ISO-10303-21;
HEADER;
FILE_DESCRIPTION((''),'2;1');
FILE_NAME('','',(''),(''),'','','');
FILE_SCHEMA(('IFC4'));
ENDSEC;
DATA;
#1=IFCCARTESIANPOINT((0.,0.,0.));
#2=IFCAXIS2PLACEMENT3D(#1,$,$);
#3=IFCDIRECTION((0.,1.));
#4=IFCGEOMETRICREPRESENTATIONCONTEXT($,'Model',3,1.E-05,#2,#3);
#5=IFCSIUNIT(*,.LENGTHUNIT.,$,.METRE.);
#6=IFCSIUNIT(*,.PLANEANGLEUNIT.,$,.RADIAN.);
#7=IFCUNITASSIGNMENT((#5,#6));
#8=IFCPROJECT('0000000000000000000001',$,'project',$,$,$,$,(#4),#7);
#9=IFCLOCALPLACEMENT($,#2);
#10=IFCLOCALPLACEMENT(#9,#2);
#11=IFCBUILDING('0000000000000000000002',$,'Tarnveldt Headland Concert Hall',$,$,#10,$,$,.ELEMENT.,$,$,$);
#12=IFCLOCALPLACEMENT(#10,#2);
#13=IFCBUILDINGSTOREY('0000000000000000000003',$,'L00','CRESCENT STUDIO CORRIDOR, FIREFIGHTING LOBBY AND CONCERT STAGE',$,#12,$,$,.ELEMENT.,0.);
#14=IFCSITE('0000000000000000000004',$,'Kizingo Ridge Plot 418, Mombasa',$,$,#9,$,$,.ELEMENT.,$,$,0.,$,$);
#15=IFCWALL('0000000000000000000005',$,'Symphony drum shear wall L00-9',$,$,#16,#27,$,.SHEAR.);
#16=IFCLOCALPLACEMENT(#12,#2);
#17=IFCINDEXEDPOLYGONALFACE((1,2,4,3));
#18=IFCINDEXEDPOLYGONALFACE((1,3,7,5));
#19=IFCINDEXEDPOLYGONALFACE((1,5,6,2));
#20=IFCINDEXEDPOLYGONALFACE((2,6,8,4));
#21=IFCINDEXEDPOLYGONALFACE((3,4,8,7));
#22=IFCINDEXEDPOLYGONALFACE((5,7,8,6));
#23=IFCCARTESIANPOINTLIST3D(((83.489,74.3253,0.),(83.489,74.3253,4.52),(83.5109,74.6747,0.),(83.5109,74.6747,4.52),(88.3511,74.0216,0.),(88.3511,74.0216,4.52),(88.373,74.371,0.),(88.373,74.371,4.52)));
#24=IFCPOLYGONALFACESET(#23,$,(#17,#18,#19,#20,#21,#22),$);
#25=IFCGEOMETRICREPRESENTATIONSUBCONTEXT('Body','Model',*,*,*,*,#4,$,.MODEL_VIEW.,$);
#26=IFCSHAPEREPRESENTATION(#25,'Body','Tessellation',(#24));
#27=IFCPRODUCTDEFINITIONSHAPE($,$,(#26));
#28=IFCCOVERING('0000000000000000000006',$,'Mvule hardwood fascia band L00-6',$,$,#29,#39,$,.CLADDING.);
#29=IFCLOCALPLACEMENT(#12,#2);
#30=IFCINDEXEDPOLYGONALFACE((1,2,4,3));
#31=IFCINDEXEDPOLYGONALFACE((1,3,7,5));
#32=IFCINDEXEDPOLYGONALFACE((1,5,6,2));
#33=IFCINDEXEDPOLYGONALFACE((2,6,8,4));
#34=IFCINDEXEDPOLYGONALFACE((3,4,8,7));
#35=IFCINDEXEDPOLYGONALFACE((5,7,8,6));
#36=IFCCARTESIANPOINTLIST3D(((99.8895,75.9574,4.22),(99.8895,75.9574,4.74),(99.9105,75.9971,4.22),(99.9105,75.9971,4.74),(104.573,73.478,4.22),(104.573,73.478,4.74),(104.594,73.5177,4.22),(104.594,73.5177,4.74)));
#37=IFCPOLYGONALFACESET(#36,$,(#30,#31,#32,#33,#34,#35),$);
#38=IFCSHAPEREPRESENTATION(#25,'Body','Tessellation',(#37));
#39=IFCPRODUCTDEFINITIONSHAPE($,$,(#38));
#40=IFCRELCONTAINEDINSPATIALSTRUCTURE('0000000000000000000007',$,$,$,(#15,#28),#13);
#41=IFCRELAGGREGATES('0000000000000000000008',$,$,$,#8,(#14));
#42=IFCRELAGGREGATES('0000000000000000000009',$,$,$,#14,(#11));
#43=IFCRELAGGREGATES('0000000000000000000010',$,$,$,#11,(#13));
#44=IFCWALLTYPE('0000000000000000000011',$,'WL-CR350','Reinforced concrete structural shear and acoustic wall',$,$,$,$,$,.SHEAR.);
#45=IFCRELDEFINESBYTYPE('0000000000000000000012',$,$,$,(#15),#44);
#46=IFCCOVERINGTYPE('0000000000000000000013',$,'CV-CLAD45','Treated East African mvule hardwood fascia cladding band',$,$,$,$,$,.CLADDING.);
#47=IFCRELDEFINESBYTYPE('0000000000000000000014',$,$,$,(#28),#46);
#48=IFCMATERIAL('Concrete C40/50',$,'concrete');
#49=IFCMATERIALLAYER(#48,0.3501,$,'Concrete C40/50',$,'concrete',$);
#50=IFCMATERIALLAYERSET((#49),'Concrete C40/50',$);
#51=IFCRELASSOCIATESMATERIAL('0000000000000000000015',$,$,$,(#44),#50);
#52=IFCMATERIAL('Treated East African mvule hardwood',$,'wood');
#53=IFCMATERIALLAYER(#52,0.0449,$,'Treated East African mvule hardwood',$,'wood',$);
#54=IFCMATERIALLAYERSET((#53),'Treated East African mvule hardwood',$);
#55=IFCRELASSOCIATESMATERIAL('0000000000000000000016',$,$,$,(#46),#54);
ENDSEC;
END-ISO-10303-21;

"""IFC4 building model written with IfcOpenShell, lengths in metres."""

from ifc_helpers import new_model, si_unit, direction, frame, frame_2d, origin, place, context, subcontext, project, spatial, rectangle, extrude, material, layer, layer_set, type_object, element, save


model = new_model("IFC4")

# Units and contexts
model_context = context("Model", 3, precision=1e-05, world=origin(), true_north=direction((0.0, 1.0)))
body_context = subcontext(model_context, "Body", "Model", "MODEL_VIEW")
ifc_project = project(units=[si_unit("LENGTHUNIT", "METRE"), si_unit("PLANEANGLEUNIT", "RADIAN")], contexts=[model_context])

# Site, building, storey
site_placement = place(None, origin())
site = spatial("IfcSite", under=ifc_project, at=site_placement, Name="Kizingo Ridge Plot 418, Mombasa", CompositionType="ELEMENT", RefElevation=0.0)
building_placement = place(site_placement, origin())
building = spatial("IfcBuilding", under=site, at=building_placement, Name="Tarnveldt Headland Concert Hall", CompositionType="ELEMENT")
storey_placement = place(building_placement, origin())
storey = spatial("IfcBuildingStorey", under=building, at=storey_placement, Name="L00", Description="CRESCENT STUDIO CORRIDOR, FIREFIGHTING LOBBY AND CONCERT STAGE", CompositionType="ELEMENT", Elevation=0.0)

# Shared definitions
ifc_material_1 = material(Name="Concrete C40/50", Category="concrete")

# Shared definitions
ifc_layer_1 = layer(ifc_material_1, 0.3501, Name="Concrete C40/50", Category="concrete")
ifc_layer_set_1 = layer_set([ifc_layer_1], Name="Concrete C40/50")
wall_type = type_object("IfcWallType", Name="WL-CR350", Description="Reinforced concrete structural shear and acoustic wall", PredefinedType="SHEAR", material=ifc_layer_set_1)

# Shared definitions
ifc_material_2 = material(Name="Treated East African mvule hardwood", Category="wood")

# Wall
wall_1_placement = place(storey_placement, frame((88.3621, 74.1963, 0.0), z_axis=(0.0, 0.0, 1.0), x_axis=(-0.998055, 0.062344, 0.0)))
element("IfcWall", 1, at=wall_1_placement, inside=storey, type_object=wall_type, Name="Symphony drum shear wall L00-9", PredefinedType="SHEAR", context=body_context, shape_type="SweptSolid", body=[
    extrude(rectangle(XDim=4.8716, YDim=0.3501, at=frame_2d((2.4358, 0.0))), origin(), (0.0, 0.0, 1.0), 4.52),
])

# Covering
ifc_layer_2 = layer(ifc_material_2, 0.0449, Name="Treated East African mvule hardwood", Category="wood")
ifc_layer_set_2 = layer_set([ifc_layer_2], Name="Treated East African mvule hardwood")
covering_type = type_object("IfcCoveringType", Name="CV-CLAD45", Description="Treated East African mvule hardwood fascia cladding band", PredefinedType="CLADDING", material=ifc_layer_set_2)
covering_placement = place(storey_placement, frame((104.5835, 73.4978, 4.22), z_axis=(0.0, 0.0, 1.0), x_axis=(-0.883792, 0.467879, 0.0)))
element("IfcCovering", 2, at=covering_placement, inside=storey, type_object=covering_type, Name="Mvule hardwood fascia band L00-6", PredefinedType="CLADDING", context=body_context, shape_type="SweptSolid", body=[
    extrude(rectangle(XDim=5.2993, YDim=0.0449, at=frame_2d((2.6497, 0.0))), origin(), (0.0, 0.0, 1.0), 0.52),
])

save(model, "model.ifc")
